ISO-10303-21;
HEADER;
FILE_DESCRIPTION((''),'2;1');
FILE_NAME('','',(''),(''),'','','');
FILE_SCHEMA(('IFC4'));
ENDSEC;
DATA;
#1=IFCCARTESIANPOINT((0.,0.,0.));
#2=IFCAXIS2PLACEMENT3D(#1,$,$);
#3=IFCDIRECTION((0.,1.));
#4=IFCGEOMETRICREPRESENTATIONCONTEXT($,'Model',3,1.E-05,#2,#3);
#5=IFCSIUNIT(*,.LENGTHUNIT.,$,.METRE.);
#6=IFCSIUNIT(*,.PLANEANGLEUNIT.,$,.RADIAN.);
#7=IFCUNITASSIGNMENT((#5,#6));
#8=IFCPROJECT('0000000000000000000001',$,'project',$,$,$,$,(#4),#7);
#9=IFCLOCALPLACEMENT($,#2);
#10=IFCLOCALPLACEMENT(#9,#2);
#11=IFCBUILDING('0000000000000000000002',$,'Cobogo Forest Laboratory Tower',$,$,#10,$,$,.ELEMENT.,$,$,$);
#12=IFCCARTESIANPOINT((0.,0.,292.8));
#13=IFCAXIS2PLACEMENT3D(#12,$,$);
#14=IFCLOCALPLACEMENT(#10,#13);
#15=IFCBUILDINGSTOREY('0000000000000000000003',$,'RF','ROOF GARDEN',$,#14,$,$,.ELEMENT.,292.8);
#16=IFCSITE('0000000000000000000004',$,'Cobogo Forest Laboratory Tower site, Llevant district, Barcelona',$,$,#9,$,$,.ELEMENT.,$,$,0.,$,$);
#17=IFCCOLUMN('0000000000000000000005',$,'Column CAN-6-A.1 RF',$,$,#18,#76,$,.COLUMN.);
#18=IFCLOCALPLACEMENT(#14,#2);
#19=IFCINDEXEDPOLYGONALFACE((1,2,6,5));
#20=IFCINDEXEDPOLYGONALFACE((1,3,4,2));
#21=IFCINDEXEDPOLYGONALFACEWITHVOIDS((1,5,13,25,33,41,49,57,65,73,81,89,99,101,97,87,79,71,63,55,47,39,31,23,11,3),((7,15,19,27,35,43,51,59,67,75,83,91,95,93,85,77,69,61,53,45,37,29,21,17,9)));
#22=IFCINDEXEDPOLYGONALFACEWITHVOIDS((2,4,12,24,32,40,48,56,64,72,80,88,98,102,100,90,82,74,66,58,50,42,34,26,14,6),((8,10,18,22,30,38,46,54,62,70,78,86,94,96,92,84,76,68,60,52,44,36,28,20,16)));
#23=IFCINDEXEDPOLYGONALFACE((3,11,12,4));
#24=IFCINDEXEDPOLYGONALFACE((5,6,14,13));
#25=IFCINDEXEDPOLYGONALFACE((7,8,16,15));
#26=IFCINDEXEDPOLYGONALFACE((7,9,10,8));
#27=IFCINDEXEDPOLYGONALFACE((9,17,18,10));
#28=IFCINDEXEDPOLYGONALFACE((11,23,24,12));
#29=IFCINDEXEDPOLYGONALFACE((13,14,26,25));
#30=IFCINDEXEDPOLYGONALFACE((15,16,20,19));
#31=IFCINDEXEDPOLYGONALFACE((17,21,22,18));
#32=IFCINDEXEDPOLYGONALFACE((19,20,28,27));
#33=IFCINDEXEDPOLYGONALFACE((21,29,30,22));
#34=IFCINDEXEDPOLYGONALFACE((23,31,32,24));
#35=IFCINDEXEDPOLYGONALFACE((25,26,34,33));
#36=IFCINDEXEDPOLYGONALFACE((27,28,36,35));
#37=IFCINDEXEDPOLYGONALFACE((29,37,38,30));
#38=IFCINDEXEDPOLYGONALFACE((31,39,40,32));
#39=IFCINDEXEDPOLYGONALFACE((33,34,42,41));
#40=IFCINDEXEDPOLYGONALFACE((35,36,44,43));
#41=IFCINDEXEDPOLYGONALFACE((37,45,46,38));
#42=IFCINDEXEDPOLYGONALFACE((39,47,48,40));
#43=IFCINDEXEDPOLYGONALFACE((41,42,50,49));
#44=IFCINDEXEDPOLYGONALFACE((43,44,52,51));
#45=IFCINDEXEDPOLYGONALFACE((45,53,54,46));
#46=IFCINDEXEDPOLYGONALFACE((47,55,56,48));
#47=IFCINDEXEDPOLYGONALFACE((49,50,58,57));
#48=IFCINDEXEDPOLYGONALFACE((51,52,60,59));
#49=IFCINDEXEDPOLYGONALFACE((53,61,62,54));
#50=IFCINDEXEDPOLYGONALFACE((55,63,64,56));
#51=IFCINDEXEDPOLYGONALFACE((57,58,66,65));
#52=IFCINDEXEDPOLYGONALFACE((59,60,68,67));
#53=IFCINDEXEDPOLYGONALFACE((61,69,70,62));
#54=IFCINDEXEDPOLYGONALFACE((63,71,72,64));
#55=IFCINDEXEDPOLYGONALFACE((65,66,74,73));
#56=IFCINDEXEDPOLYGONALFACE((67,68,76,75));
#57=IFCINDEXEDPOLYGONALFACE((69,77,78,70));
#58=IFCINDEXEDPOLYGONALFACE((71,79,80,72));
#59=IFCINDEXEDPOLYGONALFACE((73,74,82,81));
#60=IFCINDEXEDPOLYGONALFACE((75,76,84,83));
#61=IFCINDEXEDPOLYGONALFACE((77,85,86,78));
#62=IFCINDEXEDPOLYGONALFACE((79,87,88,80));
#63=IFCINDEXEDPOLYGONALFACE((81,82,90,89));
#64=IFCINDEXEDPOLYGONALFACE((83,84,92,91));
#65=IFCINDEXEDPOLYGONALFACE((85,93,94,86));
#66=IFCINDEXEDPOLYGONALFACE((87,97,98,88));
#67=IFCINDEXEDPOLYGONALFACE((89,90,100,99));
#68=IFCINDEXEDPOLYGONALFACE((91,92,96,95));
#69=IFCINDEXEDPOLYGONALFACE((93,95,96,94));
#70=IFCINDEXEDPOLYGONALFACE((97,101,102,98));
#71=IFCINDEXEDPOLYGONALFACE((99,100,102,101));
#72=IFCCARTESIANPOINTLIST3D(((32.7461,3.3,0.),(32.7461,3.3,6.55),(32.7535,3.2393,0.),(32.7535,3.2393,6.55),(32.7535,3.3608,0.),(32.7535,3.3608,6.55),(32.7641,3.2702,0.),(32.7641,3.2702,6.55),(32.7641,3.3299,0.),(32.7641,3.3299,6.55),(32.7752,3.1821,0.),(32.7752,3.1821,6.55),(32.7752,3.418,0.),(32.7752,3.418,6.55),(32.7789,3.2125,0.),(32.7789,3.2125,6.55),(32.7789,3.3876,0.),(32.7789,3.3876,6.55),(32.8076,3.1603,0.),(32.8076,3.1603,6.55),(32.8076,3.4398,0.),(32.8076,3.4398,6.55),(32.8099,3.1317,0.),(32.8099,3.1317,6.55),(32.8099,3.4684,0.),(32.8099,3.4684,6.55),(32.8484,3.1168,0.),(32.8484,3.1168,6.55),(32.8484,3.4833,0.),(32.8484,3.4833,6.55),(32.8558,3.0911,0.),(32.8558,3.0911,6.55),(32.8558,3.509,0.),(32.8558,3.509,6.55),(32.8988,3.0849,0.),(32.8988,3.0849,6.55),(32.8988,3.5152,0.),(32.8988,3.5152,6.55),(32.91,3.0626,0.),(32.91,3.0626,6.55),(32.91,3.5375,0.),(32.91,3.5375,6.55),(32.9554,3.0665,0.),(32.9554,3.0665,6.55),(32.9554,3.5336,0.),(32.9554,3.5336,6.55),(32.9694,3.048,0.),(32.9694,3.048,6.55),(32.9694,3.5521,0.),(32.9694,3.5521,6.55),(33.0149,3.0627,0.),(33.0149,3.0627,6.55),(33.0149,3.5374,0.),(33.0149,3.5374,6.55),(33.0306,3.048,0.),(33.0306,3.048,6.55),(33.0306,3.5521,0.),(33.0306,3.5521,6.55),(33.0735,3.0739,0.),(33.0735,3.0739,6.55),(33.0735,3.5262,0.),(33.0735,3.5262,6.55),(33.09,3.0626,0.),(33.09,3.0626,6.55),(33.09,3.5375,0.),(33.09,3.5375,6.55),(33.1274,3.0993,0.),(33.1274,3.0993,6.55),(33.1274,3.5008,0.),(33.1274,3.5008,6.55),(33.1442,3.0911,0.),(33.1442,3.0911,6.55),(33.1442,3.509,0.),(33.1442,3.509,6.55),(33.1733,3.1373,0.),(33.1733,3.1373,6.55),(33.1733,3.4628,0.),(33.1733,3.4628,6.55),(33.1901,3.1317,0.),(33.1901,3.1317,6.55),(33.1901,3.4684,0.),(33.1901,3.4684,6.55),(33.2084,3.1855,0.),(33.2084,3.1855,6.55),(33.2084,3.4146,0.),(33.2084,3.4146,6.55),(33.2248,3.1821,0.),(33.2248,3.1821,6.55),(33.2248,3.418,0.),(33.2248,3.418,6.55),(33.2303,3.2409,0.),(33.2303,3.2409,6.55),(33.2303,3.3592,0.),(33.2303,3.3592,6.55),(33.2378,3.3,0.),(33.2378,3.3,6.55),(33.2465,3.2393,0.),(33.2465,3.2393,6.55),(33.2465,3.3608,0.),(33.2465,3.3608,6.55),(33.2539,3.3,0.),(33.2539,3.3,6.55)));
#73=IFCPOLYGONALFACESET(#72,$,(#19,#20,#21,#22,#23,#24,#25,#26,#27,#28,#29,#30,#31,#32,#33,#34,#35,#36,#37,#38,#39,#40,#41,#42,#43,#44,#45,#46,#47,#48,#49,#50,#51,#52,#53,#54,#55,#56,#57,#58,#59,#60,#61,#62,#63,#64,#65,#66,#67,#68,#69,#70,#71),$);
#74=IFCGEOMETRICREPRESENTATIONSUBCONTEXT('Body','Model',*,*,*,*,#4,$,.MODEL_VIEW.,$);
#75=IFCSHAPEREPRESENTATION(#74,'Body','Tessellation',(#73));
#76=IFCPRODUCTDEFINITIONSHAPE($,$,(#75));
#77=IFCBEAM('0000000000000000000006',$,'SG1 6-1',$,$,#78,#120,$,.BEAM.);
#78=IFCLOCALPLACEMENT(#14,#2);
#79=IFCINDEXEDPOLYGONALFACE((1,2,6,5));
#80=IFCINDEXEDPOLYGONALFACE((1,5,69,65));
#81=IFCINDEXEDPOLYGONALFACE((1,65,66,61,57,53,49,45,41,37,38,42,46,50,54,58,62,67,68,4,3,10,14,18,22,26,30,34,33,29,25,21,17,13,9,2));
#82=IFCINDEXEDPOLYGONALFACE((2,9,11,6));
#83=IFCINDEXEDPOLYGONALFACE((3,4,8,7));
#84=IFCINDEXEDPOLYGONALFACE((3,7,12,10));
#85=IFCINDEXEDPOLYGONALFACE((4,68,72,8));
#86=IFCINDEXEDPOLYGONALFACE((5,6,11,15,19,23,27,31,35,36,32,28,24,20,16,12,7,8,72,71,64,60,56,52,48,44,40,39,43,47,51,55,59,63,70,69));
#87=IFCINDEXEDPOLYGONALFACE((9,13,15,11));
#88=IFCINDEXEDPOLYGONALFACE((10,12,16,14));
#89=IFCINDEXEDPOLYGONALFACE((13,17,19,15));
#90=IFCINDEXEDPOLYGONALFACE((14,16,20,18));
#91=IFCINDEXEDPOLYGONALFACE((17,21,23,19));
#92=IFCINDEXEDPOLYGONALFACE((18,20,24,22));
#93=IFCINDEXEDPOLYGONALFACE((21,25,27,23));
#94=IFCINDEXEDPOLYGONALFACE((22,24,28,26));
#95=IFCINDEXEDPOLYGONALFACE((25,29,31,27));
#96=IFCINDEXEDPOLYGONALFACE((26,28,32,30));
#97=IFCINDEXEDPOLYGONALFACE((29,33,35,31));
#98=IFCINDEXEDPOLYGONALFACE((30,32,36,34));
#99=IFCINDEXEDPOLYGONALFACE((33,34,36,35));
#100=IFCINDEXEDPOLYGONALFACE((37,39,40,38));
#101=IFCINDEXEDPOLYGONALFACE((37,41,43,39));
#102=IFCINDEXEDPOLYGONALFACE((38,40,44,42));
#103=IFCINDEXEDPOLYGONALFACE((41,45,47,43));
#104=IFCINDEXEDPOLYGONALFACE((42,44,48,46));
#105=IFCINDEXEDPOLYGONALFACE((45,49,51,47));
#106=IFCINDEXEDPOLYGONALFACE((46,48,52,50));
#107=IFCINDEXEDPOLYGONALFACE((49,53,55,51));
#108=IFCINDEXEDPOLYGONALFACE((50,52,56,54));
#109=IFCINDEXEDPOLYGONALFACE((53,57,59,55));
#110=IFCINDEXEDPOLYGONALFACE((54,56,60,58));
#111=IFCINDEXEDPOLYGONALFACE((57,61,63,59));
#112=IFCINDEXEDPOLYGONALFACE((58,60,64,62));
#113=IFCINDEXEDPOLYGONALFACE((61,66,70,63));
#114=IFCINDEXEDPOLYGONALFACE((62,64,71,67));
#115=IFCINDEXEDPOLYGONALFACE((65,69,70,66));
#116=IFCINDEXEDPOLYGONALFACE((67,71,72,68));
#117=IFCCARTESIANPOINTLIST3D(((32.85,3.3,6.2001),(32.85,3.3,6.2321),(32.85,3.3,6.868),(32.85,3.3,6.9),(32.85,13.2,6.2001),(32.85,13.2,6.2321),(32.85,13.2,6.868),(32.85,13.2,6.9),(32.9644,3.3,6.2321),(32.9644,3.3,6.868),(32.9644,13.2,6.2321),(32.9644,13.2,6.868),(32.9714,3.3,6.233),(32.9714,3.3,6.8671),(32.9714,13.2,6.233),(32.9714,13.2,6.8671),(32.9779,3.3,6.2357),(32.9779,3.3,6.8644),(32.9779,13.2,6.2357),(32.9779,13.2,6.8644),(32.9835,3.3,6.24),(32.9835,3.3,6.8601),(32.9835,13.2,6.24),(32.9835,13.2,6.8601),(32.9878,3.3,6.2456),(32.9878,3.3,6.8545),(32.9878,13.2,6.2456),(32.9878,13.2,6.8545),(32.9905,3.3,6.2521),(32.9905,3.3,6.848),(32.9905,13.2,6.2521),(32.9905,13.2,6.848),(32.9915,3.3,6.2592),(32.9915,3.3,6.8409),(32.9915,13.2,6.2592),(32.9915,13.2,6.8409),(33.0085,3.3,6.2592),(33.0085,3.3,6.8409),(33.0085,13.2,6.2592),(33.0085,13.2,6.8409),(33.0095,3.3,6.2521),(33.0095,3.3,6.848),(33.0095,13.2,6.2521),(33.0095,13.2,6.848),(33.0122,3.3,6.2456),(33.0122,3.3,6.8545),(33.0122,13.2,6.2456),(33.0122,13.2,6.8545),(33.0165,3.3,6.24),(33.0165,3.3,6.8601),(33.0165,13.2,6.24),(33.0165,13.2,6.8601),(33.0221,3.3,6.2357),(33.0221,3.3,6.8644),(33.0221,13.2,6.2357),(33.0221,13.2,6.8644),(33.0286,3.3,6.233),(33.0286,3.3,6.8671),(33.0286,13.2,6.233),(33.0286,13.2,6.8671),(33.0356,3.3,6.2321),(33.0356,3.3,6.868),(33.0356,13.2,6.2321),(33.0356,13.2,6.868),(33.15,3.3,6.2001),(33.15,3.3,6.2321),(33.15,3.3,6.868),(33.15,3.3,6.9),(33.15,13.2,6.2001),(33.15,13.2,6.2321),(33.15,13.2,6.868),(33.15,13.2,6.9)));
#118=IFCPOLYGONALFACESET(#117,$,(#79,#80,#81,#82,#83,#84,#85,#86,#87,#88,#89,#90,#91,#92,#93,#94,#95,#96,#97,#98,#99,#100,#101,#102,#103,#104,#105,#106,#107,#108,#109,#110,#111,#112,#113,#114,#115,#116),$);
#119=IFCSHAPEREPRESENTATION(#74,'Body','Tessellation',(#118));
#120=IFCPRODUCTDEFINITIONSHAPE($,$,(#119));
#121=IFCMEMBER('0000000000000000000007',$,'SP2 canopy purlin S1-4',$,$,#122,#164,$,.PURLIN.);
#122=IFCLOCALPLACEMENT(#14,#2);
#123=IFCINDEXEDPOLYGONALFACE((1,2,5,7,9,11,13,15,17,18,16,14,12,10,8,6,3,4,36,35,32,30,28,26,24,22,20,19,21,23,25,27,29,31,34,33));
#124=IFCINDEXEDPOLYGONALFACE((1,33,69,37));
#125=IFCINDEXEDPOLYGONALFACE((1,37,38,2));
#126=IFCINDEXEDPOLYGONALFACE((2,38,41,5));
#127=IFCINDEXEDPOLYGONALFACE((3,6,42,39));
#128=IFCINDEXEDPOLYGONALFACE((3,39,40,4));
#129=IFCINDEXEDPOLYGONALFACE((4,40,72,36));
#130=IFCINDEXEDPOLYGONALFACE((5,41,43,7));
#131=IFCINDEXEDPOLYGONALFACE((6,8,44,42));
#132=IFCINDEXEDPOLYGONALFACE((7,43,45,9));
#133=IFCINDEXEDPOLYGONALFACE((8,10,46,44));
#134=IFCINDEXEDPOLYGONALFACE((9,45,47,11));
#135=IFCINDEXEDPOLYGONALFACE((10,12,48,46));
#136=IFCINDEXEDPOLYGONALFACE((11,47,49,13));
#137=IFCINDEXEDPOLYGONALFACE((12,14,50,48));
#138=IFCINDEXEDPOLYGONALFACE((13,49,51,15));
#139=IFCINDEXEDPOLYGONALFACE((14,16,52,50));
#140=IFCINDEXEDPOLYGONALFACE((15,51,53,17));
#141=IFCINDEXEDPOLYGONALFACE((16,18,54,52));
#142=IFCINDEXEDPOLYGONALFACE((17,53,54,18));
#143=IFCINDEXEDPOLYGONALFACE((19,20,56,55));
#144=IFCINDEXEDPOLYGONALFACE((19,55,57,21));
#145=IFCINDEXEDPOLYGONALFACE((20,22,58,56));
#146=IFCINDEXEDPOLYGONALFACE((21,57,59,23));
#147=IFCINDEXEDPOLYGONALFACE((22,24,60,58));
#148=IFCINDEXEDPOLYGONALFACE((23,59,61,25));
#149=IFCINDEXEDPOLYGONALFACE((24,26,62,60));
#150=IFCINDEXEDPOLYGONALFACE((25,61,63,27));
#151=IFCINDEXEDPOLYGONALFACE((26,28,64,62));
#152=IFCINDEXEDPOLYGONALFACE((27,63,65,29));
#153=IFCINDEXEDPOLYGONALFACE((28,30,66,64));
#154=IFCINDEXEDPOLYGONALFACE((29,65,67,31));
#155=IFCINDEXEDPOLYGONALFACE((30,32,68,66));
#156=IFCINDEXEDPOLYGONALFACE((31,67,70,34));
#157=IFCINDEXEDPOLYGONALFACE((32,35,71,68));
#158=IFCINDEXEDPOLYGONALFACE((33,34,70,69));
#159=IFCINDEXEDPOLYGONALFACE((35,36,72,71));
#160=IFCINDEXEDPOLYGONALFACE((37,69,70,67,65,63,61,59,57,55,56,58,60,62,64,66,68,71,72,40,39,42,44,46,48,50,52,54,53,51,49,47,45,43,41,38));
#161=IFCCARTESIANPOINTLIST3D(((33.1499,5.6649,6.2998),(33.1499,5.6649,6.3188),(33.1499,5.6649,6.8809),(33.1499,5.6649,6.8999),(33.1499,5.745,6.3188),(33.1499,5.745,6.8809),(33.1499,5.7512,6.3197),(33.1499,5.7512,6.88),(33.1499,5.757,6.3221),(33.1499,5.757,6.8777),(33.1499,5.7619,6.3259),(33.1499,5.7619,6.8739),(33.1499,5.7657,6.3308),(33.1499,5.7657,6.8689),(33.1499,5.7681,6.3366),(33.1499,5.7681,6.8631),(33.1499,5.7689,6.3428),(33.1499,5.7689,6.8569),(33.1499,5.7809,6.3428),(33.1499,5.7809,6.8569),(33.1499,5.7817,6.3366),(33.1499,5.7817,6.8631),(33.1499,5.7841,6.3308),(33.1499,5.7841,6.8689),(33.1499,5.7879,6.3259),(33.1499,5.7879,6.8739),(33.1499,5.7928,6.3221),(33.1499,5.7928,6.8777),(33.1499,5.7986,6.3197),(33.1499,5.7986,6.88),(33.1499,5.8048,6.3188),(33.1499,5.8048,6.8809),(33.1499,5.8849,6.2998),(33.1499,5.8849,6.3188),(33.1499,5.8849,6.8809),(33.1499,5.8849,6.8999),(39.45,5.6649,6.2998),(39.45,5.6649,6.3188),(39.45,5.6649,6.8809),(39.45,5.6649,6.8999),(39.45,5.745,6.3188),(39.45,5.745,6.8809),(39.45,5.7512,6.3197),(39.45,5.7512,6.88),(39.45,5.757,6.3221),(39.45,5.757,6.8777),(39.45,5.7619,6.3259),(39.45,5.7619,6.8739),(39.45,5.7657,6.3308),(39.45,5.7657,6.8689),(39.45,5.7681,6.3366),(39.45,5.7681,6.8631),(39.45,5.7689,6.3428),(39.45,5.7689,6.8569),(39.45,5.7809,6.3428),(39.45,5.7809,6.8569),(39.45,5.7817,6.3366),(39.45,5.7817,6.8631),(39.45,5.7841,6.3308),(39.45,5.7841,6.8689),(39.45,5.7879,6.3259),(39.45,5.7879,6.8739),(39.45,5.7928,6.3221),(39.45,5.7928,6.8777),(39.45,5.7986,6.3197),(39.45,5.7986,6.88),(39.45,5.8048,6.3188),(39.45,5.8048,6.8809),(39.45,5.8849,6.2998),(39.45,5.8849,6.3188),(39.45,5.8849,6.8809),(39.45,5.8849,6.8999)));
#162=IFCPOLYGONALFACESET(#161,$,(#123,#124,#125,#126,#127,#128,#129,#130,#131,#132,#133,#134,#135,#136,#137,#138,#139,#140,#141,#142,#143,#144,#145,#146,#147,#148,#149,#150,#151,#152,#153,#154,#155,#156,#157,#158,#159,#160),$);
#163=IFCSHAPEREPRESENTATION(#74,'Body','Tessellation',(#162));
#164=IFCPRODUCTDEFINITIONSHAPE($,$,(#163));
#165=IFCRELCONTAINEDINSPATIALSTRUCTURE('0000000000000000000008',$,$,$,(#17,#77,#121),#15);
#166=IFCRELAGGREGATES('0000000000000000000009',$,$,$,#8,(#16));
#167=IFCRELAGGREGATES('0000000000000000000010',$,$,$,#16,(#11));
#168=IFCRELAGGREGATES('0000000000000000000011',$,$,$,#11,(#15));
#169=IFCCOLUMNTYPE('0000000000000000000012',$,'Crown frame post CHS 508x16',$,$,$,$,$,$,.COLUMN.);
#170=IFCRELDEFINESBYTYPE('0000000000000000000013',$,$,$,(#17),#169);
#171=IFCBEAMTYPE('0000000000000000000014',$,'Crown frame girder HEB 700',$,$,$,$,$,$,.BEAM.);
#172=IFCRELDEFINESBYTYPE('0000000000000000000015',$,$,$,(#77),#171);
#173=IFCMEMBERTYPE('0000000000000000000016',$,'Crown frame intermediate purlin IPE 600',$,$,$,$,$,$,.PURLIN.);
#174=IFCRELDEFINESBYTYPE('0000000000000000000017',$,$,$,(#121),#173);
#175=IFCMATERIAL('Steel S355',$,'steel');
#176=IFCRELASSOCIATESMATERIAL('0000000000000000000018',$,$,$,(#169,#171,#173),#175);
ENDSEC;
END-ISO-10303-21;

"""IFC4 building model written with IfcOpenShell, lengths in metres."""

from ifc_helpers import new_model, si_unit, direction, frame, origin, origin_2d, place, context, subcontext, project, spatial, hollow_circle, i_section, extrude, material, material_profile, profile_set, type_object, element, save


model = new_model("IFC4")

# Units and contexts
model_context = context("Model", 3, precision=1e-05, world=origin(), true_north=direction((0.0, 1.0)))
body_context = subcontext(model_context, "Body", "Model", "MODEL_VIEW")
ifc_project = project(units=[si_unit("LENGTHUNIT", "METRE"), si_unit("PLANEANGLEUNIT", "RADIAN")], contexts=[model_context])

# Site, building, storey
site_placement = place(None, origin())
site = spatial("IfcSite", under=ifc_project, at=site_placement, Name="Cobogo Forest Laboratory Tower site, Llevant district, Barcelona", CompositionType="ELEMENT", RefElevation=0.0)
building_placement = place(site_placement, origin())
building = spatial("IfcBuilding", under=site, at=building_placement, Name="Cobogo Forest Laboratory Tower", CompositionType="ELEMENT")
storey_placement = place(building_placement, frame((0.0, 0.0, 292.8)))
storey = spatial("IfcBuildingStorey", under=building, at=storey_placement, Name="RF", Description="ROOF GARDEN", CompositionType="ELEMENT", Elevation=292.8)

# Column
ifc_material_1 = material(Name="Steel S355", Category="steel")
ifc_material_profile_1 = material_profile(ifc_material_1, hollow_circle(Radius=0.2539, WallThickness=0.0161, at=origin_2d()), Name="CHS 508x16")
ifc_profile_set_1 = profile_set([ifc_material_profile_1], Name="Steel S355")
column_type = type_object("IfcColumnType", Name="Crown frame post CHS 508x16", PredefinedType="COLUMN", material=ifc_profile_set_1)
column_placement = place(storey_placement, frame((33.0, 3.3, 0.0), z_axis=(0.0, 0.0, 1.0), x_axis=(1.0, 0.0, 0.0)))
element("IfcColumn", 1, at=column_placement, inside=storey, type_object=column_type, Name="Column CAN-6-A.1 RF", PredefinedType="COLUMN", context=body_context, shape_type="SweptSolid", body=[
    extrude(hollow_circle(Radius=0.2539, WallThickness=0.0161, at=origin_2d()), origin(), (0.0, 0.0, 1.0), 6.55),
])

# Beam
ifc_material_profile_2 = material_profile(ifc_material_1, i_section(OverallWidth=0.3, OverallDepth=0.7, WebThickness=0.0171, FlangeThickness=0.032, FilletRadius=0.0271, at=origin_2d()), Name="HEB 700")
ifc_profile_set_2 = profile_set([ifc_material_profile_2], Name="Steel S355")
beam_type_1 = type_object("IfcBeamType", Name="Crown frame girder HEB 700", PredefinedType="BEAM", material=ifc_profile_set_2)
beam_1_placement = place(storey_placement, frame((33.0, 3.3, 6.55), z_axis=(0.0, 1.0, 0.0), x_axis=(-1.0, 0.0, 0.0)))
element("IfcBeam", 2, at=beam_1_placement, inside=storey, type_object=beam_type_1, Name="SG1 6-1", PredefinedType="BEAM", context=body_context, shape_type="SweptSolid", body=[
    extrude(i_section(OverallWidth=0.3, OverallDepth=0.7, WebThickness=0.0171, FlangeThickness=0.032, FilletRadius=0.0271, at=origin_2d()), origin(), (0.0, 0.0, 1.0), 9.8999),
])

# Member
ifc_material_profile_3 = material_profile(ifc_material_1, i_section(OverallWidth=0.22, OverallDepth=0.6001, WebThickness=0.012, FlangeThickness=0.019, FilletRadius=0.0239, at=origin_2d()), Name="IPE 600")
ifc_profile_set_3 = profile_set([ifc_material_profile_3], Name="Steel S355")
member_type_1 = type_object("IfcMemberType", Name="Crown frame intermediate purlin IPE 600", PredefinedType="PURLIN", material=ifc_profile_set_3)
for number, where, z_axis, x_axis, name in (
    (3, (33.1499, 5.7749, 6.5999), (1.0, 0.0, 0.0), (0.0, 1.0, 0.0), "SP2 canopy purlin S1-4"),
):
    element("IfcMember", number, at=place(storey_placement, frame(where, z_axis=z_axis, x_axis=x_axis)), inside=storey, type_object=member_type_1, Name=name, PredefinedType="PURLIN", context=body_context, shape_type="SweptSolid", body=[
        extrude(i_section(OverallWidth=0.22, OverallDepth=0.6001, WebThickness=0.012, FlangeThickness=0.019, FilletRadius=0.0239, at=origin_2d()), origin(), (0.0, 0.0, 1.0), 6.3),
    ])

save(model, "model.ifc")
